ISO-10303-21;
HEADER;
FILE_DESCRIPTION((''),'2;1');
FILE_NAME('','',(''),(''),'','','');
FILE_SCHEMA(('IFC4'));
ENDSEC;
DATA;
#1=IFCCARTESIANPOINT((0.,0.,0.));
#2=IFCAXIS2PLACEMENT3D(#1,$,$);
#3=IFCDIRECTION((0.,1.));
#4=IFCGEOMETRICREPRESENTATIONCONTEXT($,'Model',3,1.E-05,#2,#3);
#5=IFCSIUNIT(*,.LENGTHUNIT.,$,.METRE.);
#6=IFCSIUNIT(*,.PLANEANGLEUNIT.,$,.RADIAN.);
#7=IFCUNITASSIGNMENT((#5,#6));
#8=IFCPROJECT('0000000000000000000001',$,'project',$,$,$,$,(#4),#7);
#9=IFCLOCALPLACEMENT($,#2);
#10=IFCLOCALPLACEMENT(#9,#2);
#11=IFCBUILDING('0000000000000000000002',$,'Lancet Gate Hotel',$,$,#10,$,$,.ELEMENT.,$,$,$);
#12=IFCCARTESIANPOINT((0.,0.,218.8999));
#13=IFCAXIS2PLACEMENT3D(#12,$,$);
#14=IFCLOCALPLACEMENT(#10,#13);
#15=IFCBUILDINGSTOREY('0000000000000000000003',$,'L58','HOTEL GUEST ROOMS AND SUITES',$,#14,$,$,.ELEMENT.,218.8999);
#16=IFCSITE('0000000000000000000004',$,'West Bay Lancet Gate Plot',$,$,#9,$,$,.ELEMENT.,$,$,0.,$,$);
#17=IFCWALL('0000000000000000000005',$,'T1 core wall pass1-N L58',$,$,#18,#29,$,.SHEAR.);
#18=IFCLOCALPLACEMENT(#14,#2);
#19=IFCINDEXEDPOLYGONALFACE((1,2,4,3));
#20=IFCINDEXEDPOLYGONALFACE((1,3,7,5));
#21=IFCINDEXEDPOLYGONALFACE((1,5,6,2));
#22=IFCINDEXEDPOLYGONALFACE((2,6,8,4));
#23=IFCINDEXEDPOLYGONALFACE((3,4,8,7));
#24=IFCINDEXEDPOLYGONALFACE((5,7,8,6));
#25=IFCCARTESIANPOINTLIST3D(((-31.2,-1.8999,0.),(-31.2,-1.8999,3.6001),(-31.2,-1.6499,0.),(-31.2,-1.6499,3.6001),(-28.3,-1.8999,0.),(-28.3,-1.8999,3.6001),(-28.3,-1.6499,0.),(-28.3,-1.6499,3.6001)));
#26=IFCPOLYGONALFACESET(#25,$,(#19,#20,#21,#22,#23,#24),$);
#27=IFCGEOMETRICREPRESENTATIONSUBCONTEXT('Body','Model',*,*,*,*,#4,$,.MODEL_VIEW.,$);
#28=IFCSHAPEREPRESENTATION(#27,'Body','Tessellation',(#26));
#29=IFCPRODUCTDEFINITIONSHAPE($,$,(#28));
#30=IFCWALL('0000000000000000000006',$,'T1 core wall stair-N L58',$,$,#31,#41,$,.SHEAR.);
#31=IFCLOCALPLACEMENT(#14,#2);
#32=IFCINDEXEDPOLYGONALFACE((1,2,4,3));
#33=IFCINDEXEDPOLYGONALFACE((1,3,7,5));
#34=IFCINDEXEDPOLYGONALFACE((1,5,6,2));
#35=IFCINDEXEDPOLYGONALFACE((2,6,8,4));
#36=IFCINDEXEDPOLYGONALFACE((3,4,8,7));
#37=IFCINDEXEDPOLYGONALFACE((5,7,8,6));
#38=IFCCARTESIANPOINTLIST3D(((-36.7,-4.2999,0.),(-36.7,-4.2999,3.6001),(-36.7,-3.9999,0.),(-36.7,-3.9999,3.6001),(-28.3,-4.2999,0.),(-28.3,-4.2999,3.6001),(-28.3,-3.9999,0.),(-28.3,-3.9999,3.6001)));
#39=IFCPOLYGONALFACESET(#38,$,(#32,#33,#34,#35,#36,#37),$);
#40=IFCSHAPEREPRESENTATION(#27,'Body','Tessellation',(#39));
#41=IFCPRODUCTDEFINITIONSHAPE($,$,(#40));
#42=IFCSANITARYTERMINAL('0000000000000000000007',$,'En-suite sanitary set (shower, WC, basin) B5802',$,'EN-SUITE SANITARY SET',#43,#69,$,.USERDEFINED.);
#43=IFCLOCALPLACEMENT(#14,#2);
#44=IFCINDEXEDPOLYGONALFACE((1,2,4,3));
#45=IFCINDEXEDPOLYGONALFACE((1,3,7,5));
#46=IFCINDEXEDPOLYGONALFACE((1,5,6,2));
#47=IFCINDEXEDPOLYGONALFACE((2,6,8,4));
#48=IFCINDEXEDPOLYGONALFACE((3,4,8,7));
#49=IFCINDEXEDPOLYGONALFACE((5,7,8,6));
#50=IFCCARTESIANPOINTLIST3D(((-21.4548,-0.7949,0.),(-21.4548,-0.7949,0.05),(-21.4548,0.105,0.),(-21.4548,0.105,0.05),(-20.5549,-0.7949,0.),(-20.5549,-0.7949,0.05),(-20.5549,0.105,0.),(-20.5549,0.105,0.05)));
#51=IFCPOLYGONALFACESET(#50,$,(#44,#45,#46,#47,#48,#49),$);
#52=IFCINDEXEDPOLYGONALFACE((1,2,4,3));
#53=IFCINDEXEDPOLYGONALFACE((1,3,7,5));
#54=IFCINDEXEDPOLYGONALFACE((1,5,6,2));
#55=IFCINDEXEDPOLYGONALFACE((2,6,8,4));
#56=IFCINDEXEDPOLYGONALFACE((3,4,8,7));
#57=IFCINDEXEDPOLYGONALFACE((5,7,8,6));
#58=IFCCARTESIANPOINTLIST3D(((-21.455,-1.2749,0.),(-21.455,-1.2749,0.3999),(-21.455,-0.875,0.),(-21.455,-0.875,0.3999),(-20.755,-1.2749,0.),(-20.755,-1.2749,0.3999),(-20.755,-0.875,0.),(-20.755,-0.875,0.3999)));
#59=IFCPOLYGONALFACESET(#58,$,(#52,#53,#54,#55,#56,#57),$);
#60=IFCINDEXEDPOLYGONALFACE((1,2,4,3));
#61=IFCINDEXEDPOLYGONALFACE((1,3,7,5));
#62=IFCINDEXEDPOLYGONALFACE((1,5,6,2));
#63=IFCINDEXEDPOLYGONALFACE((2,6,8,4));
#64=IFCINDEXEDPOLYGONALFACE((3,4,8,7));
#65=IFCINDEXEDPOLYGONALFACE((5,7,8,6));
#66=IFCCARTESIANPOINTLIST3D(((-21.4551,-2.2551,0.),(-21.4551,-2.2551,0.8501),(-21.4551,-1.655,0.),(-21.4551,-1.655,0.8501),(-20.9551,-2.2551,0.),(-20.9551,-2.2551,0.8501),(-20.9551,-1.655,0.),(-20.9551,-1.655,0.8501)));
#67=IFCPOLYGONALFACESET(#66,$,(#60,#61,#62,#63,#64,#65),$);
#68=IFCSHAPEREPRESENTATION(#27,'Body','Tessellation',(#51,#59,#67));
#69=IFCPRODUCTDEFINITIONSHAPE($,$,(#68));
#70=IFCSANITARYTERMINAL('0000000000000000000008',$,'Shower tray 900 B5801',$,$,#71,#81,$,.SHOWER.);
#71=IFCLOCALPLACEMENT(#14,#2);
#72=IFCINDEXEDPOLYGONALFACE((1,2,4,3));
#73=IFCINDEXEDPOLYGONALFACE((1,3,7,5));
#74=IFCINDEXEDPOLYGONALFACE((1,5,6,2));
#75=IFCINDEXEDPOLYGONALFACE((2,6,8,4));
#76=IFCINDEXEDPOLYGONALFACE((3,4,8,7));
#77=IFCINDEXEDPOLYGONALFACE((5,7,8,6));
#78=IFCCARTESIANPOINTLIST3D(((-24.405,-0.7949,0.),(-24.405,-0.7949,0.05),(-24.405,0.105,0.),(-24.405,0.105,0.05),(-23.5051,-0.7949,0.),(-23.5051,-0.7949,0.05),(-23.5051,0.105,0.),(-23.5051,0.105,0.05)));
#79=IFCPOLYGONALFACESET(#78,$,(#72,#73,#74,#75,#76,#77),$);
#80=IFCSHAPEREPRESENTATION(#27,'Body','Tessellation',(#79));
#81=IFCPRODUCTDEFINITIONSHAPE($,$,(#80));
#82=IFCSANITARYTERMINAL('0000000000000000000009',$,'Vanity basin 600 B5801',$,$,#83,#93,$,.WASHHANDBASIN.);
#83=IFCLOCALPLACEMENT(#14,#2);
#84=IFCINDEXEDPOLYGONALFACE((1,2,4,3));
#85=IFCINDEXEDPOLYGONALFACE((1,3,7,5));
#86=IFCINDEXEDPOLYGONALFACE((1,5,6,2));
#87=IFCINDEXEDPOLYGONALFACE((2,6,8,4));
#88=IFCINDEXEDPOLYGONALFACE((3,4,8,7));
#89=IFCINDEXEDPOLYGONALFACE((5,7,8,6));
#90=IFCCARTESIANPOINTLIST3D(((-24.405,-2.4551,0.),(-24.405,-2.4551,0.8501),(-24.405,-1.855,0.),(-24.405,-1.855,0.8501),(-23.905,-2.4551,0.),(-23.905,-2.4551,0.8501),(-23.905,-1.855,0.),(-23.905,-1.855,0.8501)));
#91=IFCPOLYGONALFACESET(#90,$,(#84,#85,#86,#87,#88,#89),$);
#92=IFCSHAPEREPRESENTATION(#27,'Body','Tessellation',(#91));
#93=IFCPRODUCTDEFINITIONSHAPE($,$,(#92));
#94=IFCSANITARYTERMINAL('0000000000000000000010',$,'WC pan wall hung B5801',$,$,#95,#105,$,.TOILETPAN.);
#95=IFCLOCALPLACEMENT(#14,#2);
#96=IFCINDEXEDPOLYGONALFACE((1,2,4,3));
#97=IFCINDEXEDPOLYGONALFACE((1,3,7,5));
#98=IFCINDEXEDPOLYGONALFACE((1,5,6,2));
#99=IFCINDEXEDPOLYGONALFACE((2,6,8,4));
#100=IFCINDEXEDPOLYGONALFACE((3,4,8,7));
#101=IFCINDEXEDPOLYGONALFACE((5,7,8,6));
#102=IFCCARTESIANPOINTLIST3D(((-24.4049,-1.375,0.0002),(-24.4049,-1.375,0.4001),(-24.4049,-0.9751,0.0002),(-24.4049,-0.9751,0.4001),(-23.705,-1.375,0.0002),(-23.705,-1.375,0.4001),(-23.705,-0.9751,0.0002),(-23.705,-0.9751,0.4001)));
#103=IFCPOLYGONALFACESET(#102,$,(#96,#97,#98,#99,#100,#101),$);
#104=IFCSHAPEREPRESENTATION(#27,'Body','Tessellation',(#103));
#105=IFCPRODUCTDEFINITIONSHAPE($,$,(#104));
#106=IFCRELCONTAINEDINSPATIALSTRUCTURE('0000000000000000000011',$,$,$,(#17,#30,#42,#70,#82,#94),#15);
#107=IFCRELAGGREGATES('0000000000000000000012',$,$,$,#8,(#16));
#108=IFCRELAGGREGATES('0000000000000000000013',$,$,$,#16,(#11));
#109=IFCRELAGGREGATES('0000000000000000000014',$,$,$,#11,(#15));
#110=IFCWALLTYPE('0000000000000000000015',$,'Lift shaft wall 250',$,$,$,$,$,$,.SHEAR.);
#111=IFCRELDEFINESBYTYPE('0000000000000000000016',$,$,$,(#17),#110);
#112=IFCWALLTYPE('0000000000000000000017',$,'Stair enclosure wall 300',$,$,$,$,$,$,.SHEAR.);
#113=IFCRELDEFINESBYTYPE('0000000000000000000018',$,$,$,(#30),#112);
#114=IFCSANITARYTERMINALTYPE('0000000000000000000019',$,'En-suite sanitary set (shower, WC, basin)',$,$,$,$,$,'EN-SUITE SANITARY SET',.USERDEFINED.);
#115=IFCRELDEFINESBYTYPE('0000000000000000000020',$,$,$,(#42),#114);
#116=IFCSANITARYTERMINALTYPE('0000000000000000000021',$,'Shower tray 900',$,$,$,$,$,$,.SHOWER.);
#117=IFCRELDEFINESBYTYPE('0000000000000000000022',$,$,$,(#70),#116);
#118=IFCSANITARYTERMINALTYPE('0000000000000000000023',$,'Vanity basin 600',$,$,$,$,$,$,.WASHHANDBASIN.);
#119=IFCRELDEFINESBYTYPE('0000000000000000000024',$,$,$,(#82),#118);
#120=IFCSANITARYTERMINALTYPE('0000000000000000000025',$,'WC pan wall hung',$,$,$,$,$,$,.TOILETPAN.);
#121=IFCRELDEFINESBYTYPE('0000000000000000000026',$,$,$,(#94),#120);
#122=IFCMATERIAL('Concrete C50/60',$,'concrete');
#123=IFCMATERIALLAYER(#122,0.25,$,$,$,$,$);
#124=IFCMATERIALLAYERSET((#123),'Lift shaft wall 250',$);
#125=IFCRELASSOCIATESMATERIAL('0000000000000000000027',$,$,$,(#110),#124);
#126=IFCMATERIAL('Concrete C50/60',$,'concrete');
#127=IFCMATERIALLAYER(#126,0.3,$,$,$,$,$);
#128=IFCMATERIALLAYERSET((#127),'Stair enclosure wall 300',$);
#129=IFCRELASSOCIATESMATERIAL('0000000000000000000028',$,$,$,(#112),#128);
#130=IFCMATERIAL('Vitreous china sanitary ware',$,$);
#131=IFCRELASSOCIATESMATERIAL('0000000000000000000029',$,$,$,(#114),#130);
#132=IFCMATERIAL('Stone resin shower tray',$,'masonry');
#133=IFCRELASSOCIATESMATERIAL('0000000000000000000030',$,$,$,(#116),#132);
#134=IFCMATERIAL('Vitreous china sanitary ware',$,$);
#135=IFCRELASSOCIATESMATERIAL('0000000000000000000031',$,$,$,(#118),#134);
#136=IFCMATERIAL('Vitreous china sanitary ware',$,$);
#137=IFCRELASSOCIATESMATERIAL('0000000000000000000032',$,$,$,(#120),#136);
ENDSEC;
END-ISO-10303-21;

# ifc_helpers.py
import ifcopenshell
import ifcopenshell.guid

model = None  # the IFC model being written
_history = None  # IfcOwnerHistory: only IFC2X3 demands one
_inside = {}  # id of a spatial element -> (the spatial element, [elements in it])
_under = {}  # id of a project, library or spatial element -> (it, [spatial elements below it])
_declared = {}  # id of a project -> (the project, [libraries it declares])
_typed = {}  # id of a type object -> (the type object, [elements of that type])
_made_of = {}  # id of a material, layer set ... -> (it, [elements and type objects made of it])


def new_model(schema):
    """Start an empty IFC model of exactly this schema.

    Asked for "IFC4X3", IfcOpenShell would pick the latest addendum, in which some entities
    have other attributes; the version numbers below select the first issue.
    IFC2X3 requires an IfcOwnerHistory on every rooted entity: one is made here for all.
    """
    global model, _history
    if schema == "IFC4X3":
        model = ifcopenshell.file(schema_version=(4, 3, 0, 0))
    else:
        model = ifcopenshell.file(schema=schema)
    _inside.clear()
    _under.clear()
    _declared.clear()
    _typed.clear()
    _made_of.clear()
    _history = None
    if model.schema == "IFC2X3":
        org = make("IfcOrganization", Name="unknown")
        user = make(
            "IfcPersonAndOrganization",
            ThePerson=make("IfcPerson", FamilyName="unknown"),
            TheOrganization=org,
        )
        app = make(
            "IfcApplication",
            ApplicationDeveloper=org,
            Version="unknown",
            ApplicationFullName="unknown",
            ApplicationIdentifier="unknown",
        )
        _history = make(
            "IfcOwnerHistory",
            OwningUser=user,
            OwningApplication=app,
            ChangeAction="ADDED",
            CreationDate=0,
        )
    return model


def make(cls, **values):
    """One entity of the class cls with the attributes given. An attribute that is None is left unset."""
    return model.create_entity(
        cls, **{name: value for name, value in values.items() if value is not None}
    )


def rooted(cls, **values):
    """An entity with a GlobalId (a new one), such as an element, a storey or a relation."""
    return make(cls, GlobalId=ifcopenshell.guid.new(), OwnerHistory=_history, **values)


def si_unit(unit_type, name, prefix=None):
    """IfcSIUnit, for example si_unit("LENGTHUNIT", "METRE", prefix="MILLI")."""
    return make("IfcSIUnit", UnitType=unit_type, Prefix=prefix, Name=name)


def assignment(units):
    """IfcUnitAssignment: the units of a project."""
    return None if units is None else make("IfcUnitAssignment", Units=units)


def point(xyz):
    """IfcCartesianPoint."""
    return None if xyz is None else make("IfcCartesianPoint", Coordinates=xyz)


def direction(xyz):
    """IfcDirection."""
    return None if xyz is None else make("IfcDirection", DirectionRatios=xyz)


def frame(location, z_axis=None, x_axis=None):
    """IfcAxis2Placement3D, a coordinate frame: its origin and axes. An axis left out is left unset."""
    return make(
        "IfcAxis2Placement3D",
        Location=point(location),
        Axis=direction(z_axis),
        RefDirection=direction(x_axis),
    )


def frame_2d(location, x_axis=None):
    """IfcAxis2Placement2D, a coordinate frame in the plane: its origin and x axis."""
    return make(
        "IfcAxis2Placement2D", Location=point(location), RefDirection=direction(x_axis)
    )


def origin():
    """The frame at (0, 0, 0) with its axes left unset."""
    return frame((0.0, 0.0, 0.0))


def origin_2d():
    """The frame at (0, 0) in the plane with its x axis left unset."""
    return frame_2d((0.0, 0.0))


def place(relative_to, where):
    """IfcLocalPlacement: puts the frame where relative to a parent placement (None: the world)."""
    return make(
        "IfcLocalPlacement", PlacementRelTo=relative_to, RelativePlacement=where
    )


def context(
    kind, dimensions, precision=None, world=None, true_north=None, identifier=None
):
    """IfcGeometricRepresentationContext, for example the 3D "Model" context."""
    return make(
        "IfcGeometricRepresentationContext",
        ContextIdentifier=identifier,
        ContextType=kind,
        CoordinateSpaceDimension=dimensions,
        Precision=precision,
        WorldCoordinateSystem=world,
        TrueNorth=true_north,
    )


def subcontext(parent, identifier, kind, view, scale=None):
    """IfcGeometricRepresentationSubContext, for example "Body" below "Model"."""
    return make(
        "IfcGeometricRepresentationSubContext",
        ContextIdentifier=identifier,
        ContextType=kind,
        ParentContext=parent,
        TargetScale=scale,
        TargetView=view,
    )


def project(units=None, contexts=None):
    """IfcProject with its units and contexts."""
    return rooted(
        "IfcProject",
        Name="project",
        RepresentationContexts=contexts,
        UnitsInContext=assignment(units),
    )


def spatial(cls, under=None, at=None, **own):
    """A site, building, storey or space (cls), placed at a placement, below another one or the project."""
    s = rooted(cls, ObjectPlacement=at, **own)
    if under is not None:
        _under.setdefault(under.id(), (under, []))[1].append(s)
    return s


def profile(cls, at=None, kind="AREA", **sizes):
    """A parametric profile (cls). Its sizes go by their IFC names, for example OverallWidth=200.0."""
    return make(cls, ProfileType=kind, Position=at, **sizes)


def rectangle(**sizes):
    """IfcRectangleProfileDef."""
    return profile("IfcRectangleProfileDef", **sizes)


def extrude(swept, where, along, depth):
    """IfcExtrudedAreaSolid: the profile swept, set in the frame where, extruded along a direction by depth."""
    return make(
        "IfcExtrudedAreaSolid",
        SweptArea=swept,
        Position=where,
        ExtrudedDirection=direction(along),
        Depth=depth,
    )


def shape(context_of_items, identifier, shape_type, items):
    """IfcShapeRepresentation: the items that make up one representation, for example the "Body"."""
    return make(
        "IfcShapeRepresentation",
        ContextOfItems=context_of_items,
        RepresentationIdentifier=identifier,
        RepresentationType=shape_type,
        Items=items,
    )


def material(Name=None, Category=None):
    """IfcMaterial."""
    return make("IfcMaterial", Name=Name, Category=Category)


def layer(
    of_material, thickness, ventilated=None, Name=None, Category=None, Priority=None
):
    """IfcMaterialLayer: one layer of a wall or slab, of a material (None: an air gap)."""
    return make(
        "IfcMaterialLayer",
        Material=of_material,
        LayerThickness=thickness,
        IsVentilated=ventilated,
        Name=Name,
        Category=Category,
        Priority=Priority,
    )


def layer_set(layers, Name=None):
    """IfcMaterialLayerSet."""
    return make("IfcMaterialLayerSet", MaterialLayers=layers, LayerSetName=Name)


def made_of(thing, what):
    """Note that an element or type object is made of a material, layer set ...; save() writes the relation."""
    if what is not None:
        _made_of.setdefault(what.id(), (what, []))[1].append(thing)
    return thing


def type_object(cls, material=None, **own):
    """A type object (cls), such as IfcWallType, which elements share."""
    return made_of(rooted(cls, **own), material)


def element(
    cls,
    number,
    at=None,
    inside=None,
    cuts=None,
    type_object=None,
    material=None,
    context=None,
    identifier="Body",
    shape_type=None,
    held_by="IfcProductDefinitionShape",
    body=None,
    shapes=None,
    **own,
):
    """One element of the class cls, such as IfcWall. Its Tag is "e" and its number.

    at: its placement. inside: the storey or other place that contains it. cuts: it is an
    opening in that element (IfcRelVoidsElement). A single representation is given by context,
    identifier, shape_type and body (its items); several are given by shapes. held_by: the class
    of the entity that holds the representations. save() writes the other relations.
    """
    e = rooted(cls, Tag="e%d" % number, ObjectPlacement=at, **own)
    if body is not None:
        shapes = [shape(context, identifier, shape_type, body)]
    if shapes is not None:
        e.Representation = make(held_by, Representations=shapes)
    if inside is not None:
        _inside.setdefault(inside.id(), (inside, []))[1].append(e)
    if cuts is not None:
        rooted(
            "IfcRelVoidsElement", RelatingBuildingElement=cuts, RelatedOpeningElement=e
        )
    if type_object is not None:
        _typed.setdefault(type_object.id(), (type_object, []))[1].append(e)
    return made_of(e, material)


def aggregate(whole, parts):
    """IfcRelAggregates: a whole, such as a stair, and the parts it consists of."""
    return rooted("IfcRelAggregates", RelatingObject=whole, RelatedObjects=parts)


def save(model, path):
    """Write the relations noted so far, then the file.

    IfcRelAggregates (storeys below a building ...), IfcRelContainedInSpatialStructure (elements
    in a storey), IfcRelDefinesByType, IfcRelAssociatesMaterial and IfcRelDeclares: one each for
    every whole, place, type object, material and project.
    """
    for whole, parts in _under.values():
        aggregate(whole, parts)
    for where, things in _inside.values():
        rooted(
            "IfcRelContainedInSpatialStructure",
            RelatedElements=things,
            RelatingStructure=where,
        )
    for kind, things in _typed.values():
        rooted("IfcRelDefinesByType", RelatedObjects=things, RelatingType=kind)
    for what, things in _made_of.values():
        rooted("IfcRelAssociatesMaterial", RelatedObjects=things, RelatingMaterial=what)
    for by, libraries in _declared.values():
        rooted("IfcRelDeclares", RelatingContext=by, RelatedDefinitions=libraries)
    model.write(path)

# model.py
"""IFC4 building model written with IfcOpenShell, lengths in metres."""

from ifc_helpers import new_model, si_unit, direction, frame, frame_2d, origin, origin_2d, place, context, subcontext, project, spatial, rectangle, extrude, material, layer, layer_set, type_object, element, save


model = new_model("IFC4")

# Units and contexts
model_context = context("Model", 3, precision=1e-05, world=origin(), true_north=direction((0.0, 1.0)))
body_context = subcontext(model_context, "Body", "Model", "MODEL_VIEW")
ifc_project = project(units=[si_unit("LENGTHUNIT", "METRE"), si_unit("PLANEANGLEUNIT", "RADIAN")], contexts=[model_context])

# Site, building, storey
site_placement = place(None, origin())
site = spatial("IfcSite", under=ifc_project, at=site_placement, Name="West Bay Lancet Gate Plot", CompositionType="ELEMENT", RefElevation=0.0)
building_placement = place(site_placement, origin())
building = spatial("IfcBuilding", under=site, at=building_placement, Name="Lancet Gate Hotel", CompositionType="ELEMENT")
storey_placement = place(building_placement, frame((0.0, 0.0, 218.8999)))
storey = spatial("IfcBuildingStorey", under=building, at=storey_placement, Name="L58", Description="HOTEL GUEST ROOMS AND SUITES", CompositionType="ELEMENT", Elevation=218.8999)

# Walls
ifc_material_1 = material(Name="Concrete C50/60", Category="concrete")
ifc_layer_1 = layer(ifc_material_1, 0.25)
ifc_layer_set_1 = layer_set([ifc_layer_1], Name="Lift shaft wall 250")
wall_type_1 = type_object("IfcWallType", Name="Lift shaft wall 250", PredefinedType="SHEAR", material=ifc_layer_set_1)
wall_1_placement = place(storey_placement, frame((-28.3, -1.7749, 0.0), z_axis=(0.0, 0.0, 1.0), x_axis=(-1.0, 0.0, 0.0)))
element("IfcWall", 1, at=wall_1_placement, inside=storey, type_object=wall_type_1, Name="T1 core wall pass1-N L58", PredefinedType="SHEAR", context=body_context, shape_type="SweptSolid", body=[
    extrude(rectangle(XDim=2.8999, YDim=0.25, at=frame_2d((1.45, 0.0))), origin(), (0.0, 0.0, 1.0), 3.6001),
])
ifc_material_2 = material(Name="Concrete C50/60", Category="concrete")
ifc_layer_2 = layer(ifc_material_2, 0.3)
ifc_layer_set_2 = layer_set([ifc_layer_2], Name="Stair enclosure wall 300")
wall_type_2 = type_object("IfcWallType", Name="Stair enclosure wall 300", PredefinedType="SHEAR", material=ifc_layer_set_2)
wall_2_placement = place(storey_placement, frame((-28.3, -4.1499, 0.0), z_axis=(0.0, 0.0, 1.0), x_axis=(-1.0, 0.0, 0.0)))
element("IfcWall", 2, at=wall_2_placement, inside=storey, type_object=wall_type_2, Name="T1 core wall stair-N L58", PredefinedType="SHEAR", context=body_context, shape_type="SweptSolid", body=[
    extrude(rectangle(XDim=8.3999, YDim=0.3, at=frame_2d((4.2, 0.0))), origin(), (0.0, 0.0, 1.0), 3.6001),
])

# Sanitary terminals
ifc_material_3 = material(Name="Vitreous china sanitary ware")
sanitary_terminal_type_1 = type_object("IfcSanitaryTerminalType", Name="En-suite sanitary set (shower, WC, basin)", ElementType="EN-SUITE SANITARY SET", PredefinedType="USERDEFINED", material=ifc_material_3)
sanitary_terminal_1_placement = place(storey_placement, frame((-21.0049, -0.345, 0.0), z_axis=(0.0, 0.0, 1.0), x_axis=(1.0, 0.0, 0.0)))
element("IfcSanitaryTerminal", 3, at=sanitary_terminal_1_placement, inside=storey, type_object=sanitary_terminal_type_1, Name="En-suite sanitary set (shower, WC, basin) B5802", ObjectType="EN-SUITE SANITARY SET", PredefinedType="USERDEFINED", context=body_context, shape_type="SweptSolid", body=[
    extrude(rectangle(XDim=0.8999, YDim=0.8999, at=origin_2d()), frame((0.0, 0.0, 0.0), z_axis=(0.0, 0.0, 1.0), x_axis=(0.0, 1.0, 0.0)), (0.0, 0.0, 1.0), 0.05),
    extrude(rectangle(XDim=0.3999, YDim=0.7, at=origin_2d()), frame((-0.1001, -0.73, 0.0), z_axis=(0.0, 0.0, 1.0), x_axis=(0.0, 1.0, 0.0)), (0.0, 0.0, 1.0), 0.3999),
    extrude(rectangle(XDim=0.6001, YDim=0.5, at=origin_2d()), frame((-0.2002, -1.6101, 0.0), z_axis=(0.0, 0.0, 1.0), x_axis=(0.0, 1.0, 0.0)), (0.0, 0.0, 1.0), 0.8501),
])
ifc_material_4 = material(Name="Stone resin shower tray", Category="masonry")
sanitary_terminal_type_2 = type_object("IfcSanitaryTerminalType", Name="Shower tray 900", PredefinedType="SHOWER", material=ifc_material_4)
sanitary_terminal_2_placement = place(storey_placement, frame((-23.9551, -0.345, 0.0), z_axis=(0.0, 0.0, 1.0), x_axis=(0.0, 1.0, 0.0)))
element("IfcSanitaryTerminal", 4, at=sanitary_terminal_2_placement, inside=storey, type_object=sanitary_terminal_type_2, Name="Shower tray 900 B5801", PredefinedType="SHOWER", context=body_context, shape_type="SweptSolid", body=[
    extrude(rectangle(XDim=0.8999, YDim=0.8999, at=origin_2d()), origin(), (0.0, 0.0, 1.0), 0.05),
])
ifc_material_5 = material(Name="Vitreous china sanitary ware")
sanitary_terminal_type_3 = type_object("IfcSanitaryTerminalType", Name="Vanity basin 600", PredefinedType="WASHHANDBASIN", material=ifc_material_5)
sanitary_terminal_3_placement = place(storey_placement, frame((-24.155, -2.155, 0.0), z_axis=(0.0, 0.0, 1.0), x_axis=(0.0, 1.0, 0.0)))
element("IfcSanitaryTerminal", 5, at=sanitary_terminal_3_placement, inside=storey, type_object=sanitary_terminal_type_3, Name="Vanity basin 600 B5801", PredefinedType="WASHHANDBASIN", context=body_context, shape_type="SweptSolid", body=[
    extrude(rectangle(XDim=0.6001, YDim=0.5, at=origin_2d()), origin(), (0.0, 0.0, 1.0), 0.8501),
])
ifc_material_6 = material(Name="Vitreous china sanitary ware")
sanitary_terminal_type_4 = type_object("IfcSanitaryTerminalType", Name="WC pan wall hung", PredefinedType="TOILETPAN", material=ifc_material_6)
sanitary_terminal_4_placement = place(storey_placement, frame((-24.0549, -1.175, 0.0002), z_axis=(0.0, 0.0, 1.0), x_axis=(0.0, 1.0, 0.0)))
element("IfcSanitaryTerminal", 6, at=sanitary_terminal_4_placement, inside=storey, type_object=sanitary_terminal_type_4, Name="WC pan wall hung B5801", PredefinedType="TOILETPAN", context=body_context, shape_type="SweptSolid", body=[
    extrude(rectangle(XDim=0.3999, YDim=0.7, at=origin_2d()), origin(), (0.0, 0.0, 1.0), 0.3999),
])

save(model, "model.ifc")
